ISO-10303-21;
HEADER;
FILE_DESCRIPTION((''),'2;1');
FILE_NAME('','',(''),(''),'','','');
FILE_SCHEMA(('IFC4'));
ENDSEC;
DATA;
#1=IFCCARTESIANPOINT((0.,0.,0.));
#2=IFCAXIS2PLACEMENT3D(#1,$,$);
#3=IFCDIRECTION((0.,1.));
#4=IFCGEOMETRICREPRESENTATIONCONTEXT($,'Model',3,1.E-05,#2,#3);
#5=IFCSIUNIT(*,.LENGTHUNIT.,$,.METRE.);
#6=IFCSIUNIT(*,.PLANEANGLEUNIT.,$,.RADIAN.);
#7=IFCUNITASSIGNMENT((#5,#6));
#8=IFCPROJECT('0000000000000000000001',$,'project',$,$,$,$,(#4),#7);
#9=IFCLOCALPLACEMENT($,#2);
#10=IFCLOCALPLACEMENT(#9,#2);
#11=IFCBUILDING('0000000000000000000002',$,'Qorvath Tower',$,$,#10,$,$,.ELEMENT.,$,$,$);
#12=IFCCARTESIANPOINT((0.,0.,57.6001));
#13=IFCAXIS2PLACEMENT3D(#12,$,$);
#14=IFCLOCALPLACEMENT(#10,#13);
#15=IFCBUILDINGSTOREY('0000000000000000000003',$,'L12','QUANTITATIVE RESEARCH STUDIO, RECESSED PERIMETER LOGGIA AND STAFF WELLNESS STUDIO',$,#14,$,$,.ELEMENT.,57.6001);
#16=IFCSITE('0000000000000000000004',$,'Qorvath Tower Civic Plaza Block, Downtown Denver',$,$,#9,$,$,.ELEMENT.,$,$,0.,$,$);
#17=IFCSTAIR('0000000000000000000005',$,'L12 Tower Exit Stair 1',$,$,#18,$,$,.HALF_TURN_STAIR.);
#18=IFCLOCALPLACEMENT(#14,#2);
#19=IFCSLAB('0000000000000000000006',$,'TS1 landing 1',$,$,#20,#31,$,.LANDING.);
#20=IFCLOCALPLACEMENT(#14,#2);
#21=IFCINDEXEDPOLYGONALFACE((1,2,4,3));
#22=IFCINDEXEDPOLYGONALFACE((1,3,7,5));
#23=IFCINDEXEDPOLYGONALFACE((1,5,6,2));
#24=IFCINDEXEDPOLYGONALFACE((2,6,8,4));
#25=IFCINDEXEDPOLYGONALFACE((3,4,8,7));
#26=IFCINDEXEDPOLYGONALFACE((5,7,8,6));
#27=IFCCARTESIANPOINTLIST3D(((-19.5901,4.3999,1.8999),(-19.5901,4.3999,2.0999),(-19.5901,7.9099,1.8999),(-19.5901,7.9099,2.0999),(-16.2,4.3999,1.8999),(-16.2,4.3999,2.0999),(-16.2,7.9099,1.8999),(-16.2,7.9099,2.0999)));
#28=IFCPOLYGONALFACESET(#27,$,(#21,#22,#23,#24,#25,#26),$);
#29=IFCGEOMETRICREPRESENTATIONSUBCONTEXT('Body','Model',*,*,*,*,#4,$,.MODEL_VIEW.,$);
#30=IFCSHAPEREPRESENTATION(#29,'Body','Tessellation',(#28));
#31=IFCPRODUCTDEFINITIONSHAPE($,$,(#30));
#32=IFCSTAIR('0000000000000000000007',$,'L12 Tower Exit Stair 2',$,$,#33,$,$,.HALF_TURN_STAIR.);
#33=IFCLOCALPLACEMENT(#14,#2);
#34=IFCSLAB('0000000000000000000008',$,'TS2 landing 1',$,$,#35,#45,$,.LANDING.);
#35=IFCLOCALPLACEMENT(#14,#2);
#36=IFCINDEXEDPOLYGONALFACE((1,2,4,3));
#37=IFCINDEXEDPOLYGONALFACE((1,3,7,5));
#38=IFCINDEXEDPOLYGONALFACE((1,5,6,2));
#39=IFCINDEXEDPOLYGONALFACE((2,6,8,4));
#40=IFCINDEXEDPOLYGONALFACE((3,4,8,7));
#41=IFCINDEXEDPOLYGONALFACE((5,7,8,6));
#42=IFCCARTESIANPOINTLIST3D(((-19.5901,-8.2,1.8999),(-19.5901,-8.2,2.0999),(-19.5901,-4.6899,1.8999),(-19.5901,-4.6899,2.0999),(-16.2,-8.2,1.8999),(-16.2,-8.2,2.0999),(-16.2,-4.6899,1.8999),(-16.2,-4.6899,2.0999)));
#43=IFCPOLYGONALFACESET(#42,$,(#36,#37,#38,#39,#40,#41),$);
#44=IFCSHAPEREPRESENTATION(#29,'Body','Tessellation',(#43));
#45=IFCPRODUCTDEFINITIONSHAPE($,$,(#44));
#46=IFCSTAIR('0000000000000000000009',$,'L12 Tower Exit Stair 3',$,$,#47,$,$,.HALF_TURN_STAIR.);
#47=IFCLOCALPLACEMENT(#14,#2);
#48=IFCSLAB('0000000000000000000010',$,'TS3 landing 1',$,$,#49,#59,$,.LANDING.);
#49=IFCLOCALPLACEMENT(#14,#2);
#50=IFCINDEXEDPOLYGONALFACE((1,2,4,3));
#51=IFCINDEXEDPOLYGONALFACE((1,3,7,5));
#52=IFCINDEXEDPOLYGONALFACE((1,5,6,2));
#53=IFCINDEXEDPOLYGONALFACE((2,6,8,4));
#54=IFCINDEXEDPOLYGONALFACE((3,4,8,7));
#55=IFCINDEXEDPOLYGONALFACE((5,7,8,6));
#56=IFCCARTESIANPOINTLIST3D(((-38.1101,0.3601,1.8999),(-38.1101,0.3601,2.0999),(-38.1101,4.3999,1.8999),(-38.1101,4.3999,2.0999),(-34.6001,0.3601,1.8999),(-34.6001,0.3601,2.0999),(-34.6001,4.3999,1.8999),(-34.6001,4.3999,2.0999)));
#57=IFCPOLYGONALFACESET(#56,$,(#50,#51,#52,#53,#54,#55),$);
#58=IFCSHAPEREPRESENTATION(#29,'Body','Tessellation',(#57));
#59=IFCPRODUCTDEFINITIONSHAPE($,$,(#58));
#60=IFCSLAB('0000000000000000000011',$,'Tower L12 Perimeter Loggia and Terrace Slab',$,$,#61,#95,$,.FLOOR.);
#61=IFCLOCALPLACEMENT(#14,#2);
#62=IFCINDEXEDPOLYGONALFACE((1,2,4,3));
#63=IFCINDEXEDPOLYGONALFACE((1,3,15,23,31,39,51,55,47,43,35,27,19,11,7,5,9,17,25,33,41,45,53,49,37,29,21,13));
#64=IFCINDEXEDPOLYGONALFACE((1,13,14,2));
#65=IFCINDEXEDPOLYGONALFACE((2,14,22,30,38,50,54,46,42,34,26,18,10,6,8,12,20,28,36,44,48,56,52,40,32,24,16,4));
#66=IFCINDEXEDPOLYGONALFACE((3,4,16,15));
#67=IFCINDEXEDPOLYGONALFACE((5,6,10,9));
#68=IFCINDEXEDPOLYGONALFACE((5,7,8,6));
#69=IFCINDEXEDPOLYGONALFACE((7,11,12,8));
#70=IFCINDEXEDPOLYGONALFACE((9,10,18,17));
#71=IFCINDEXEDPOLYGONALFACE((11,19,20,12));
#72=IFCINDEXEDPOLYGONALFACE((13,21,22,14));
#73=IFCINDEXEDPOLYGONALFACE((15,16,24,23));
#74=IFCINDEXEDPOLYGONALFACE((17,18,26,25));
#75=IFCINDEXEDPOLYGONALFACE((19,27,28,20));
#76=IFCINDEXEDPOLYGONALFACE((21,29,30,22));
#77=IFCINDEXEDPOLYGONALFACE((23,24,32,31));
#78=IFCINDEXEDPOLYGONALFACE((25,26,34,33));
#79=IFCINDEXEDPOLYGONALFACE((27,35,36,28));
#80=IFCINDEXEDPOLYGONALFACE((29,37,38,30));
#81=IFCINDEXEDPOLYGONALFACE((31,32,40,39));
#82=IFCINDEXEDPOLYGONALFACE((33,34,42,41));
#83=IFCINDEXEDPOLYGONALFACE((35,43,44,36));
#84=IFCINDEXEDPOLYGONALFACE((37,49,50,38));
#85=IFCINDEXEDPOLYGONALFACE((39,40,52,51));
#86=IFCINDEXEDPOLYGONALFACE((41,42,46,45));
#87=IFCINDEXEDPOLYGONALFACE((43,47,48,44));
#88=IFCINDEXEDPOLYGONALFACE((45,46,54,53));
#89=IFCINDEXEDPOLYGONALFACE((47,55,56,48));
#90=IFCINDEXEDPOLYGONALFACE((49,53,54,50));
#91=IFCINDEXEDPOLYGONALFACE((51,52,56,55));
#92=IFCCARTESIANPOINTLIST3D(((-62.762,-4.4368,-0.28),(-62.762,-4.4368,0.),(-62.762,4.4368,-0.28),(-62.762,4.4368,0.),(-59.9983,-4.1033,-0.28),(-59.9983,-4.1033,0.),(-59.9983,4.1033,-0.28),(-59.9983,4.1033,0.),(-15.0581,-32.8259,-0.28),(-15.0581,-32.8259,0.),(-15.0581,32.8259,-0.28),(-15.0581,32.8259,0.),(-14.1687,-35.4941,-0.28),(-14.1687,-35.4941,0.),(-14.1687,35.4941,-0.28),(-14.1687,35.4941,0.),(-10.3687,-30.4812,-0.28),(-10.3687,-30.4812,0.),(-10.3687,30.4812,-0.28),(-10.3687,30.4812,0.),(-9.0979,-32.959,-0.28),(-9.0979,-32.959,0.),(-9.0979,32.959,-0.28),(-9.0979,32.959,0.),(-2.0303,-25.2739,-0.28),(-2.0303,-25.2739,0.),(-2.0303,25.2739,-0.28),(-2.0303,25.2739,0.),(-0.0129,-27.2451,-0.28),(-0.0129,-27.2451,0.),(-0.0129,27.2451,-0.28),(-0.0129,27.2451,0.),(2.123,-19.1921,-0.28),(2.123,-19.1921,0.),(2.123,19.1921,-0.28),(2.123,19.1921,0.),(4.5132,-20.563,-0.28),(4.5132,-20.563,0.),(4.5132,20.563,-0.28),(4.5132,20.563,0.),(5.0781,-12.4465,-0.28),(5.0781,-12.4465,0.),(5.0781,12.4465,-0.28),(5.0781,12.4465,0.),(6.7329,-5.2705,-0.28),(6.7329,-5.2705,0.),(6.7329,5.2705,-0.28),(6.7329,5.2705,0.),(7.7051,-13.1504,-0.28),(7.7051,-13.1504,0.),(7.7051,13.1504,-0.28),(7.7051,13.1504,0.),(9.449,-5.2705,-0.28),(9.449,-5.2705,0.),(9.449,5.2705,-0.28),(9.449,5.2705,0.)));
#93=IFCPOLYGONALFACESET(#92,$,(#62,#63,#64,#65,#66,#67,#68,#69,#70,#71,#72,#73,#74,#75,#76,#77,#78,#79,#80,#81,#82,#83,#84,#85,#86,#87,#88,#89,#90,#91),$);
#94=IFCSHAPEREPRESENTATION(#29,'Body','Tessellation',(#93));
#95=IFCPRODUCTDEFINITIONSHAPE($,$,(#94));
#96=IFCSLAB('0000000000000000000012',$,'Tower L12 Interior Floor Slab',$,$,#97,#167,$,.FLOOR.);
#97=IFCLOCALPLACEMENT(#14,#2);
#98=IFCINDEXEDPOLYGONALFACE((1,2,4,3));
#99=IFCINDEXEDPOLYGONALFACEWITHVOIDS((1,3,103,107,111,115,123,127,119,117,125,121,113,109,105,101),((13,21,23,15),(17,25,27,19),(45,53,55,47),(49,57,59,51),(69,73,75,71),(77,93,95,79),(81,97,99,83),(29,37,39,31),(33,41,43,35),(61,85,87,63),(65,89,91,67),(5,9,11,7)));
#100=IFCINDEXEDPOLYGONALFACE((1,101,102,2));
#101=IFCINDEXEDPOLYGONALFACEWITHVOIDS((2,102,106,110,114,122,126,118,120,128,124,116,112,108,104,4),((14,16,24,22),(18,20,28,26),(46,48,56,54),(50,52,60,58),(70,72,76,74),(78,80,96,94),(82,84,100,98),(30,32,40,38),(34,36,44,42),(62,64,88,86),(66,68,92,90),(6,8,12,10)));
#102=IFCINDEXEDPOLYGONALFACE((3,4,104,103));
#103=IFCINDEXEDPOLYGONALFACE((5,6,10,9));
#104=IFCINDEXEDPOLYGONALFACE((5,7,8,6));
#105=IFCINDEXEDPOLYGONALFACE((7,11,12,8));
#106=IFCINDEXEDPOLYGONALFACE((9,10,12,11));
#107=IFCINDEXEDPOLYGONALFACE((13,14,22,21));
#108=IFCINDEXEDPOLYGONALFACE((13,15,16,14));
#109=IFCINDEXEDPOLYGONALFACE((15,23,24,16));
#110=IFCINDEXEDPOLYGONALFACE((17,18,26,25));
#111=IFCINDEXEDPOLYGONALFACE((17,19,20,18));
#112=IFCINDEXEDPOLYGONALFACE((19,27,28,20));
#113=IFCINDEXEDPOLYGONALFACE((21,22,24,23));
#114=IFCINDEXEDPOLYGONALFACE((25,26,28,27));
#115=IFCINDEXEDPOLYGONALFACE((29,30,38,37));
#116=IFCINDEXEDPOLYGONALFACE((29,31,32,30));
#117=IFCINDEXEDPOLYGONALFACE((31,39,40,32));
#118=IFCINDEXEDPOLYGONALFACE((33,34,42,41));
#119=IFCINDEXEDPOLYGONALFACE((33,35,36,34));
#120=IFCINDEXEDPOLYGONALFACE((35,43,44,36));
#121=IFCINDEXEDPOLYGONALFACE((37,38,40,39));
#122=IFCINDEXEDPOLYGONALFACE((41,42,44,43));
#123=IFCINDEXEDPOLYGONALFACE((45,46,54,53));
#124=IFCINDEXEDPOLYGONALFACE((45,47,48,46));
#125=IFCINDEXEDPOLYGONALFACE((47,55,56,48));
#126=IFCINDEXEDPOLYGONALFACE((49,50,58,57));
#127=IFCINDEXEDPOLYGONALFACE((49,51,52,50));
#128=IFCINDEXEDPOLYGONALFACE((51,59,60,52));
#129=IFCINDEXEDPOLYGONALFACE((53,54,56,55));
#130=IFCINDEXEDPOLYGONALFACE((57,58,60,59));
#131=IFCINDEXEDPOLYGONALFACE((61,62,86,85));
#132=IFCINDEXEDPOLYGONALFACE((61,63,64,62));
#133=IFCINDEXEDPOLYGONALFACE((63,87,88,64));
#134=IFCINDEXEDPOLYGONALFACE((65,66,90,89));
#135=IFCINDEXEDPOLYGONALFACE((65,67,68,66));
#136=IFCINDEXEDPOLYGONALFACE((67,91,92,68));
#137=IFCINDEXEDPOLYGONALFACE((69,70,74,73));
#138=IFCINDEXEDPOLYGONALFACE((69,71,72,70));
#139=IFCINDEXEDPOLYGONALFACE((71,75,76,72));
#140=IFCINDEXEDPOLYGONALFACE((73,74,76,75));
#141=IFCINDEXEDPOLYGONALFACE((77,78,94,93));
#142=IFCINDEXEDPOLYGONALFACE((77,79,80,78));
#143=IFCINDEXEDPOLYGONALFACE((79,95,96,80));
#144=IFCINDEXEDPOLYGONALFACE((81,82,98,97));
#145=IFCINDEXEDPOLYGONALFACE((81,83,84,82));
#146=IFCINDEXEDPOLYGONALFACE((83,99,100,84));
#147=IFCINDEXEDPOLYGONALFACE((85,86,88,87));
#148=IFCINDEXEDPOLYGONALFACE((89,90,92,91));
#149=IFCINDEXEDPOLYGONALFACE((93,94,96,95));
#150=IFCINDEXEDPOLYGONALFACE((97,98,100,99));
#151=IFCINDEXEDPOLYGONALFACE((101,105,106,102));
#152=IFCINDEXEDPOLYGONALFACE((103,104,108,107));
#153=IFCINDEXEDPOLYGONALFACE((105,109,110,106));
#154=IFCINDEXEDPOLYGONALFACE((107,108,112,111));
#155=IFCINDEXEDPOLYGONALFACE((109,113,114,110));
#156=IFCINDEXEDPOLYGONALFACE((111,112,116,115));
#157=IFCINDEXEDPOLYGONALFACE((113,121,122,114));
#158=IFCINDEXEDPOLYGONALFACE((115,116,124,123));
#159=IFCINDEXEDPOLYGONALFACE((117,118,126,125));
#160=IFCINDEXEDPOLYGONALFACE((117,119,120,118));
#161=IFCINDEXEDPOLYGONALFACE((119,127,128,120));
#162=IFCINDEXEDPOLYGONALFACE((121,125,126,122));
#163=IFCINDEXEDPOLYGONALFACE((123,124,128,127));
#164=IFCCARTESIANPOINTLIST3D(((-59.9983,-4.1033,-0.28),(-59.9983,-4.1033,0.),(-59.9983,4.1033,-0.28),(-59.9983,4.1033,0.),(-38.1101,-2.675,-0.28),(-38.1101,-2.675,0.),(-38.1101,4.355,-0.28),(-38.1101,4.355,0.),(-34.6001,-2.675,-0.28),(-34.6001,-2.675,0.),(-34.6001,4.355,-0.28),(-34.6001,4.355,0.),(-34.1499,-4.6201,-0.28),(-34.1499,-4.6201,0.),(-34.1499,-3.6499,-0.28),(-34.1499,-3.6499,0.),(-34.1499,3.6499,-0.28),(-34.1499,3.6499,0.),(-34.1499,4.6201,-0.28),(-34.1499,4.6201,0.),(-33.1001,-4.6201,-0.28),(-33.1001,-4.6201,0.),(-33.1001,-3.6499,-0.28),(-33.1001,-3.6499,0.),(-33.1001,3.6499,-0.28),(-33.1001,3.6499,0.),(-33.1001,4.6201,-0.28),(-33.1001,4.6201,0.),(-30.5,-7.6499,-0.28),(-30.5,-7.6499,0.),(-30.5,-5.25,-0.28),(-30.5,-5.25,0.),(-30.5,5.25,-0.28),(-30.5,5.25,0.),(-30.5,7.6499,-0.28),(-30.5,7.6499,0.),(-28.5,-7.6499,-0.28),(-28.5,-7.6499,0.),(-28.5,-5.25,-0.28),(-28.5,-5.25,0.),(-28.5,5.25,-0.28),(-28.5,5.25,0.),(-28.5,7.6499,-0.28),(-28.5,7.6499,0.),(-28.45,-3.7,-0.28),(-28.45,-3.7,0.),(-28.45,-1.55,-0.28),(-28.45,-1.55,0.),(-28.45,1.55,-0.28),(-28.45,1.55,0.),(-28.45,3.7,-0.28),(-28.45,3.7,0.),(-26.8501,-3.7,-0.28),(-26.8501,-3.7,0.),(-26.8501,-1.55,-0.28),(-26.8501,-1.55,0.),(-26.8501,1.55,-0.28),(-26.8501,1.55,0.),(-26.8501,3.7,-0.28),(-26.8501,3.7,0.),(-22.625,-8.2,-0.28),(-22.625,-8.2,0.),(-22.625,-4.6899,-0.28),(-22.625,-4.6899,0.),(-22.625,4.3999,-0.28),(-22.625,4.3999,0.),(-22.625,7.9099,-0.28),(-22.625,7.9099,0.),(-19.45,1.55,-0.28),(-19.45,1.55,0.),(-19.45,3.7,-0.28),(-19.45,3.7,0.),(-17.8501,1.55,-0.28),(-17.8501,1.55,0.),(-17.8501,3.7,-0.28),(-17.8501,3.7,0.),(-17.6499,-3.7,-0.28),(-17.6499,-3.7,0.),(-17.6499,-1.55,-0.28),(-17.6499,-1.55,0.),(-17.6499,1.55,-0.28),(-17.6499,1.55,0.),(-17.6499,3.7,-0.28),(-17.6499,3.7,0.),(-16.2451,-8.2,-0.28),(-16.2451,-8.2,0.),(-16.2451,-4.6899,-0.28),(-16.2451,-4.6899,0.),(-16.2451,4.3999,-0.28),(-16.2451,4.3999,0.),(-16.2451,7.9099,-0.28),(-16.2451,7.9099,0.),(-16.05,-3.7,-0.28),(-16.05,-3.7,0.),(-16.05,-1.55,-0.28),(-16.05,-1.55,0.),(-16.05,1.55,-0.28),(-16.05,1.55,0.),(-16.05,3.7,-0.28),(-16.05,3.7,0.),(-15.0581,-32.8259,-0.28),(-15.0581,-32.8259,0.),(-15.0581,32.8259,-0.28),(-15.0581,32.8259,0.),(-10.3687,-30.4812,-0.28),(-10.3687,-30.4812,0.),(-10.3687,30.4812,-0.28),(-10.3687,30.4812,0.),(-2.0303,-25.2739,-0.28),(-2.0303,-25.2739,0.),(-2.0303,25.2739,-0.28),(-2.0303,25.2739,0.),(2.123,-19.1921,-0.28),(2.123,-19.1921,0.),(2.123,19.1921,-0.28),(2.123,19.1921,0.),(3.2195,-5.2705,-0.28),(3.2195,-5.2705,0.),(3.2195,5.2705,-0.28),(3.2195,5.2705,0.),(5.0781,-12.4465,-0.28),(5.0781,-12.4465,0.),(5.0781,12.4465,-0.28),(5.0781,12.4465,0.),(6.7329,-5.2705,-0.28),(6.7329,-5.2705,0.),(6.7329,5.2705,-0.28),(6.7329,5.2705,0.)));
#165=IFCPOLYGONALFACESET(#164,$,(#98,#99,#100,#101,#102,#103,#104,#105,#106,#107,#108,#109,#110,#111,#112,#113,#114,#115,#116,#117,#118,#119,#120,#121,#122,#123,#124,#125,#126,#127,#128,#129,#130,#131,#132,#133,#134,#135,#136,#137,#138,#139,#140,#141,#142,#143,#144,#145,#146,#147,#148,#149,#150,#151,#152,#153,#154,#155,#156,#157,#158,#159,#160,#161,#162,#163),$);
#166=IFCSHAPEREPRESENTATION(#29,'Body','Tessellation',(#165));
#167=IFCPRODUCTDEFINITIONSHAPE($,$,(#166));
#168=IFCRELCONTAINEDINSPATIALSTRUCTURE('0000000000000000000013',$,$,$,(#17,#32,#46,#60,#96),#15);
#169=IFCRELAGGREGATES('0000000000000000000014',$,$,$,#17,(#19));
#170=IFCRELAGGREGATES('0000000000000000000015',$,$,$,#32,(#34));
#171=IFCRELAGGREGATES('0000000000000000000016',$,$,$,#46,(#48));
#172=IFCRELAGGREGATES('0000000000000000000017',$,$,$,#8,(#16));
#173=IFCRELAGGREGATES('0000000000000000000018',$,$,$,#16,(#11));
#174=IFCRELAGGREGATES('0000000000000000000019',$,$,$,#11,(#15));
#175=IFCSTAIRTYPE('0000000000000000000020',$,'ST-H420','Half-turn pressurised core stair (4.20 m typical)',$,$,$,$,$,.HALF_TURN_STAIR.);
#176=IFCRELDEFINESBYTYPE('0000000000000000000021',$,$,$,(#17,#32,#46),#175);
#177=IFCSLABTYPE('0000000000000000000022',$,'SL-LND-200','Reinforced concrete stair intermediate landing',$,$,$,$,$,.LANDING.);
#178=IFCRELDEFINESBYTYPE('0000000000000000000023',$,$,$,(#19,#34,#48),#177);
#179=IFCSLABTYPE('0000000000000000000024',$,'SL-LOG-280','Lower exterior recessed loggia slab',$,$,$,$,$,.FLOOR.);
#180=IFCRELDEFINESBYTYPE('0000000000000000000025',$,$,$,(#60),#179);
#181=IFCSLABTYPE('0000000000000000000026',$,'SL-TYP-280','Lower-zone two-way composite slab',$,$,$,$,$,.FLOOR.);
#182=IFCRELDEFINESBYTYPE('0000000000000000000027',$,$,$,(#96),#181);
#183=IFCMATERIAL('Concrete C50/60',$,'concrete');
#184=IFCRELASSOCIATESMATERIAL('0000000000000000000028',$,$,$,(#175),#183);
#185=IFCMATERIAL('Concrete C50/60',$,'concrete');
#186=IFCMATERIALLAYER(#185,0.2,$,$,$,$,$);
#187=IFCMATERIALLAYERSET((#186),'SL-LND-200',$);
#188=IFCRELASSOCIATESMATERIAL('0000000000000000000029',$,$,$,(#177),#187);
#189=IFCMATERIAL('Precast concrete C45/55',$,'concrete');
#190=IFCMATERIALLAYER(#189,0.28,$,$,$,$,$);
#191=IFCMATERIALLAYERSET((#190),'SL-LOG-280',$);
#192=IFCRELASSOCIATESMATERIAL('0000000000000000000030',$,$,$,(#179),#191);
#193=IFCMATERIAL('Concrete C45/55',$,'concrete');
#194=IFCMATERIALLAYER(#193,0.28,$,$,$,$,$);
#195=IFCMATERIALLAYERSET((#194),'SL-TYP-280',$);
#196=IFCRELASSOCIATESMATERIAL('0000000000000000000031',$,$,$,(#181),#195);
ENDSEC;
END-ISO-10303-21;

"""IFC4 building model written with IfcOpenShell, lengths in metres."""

from ifc_helpers import new_model, si_unit, direction, frame, origin, place, context, subcontext, project, spatial, polyline, outline, extrude, material, layer, layer_set, type_object, element, aggregate, save


model = new_model("IFC4")

# Units and contexts
model_context = context("Model", 3, precision=1e-05, world=origin(), true_north=direction((0.0, 1.0)))
body_context = subcontext(model_context, "Body", "Model", "MODEL_VIEW")
ifc_project = project(units=[si_unit("LENGTHUNIT", "METRE"), si_unit("PLANEANGLEUNIT", "RADIAN")], contexts=[model_context])

# Site, building, storey
site_placement = place(None, origin())
site = spatial("IfcSite", under=ifc_project, at=site_placement, Name="Qorvath Tower Civic Plaza Block, Downtown Denver", CompositionType="ELEMENT", RefElevation=0.0)
building_placement = place(site_placement, origin())
building = spatial("IfcBuilding", under=site, at=building_placement, Name="Qorvath Tower", CompositionType="ELEMENT")
storey_placement = place(building_placement, frame((0.0, 0.0, 57.6001)))
storey = spatial("IfcBuildingStorey", under=building, at=storey_placement, Name="L12", Description="QUANTITATIVE RESEARCH STUDIO, RECESSED PERIMETER LOGGIA AND STAFF WELLNESS STUDIO", CompositionType="ELEMENT", Elevation=57.6001)

# Stairs, slabs
ifc_material_1 = material(Name="Concrete C50/60", Category="concrete")
stair_type = type_object("IfcStairType", Name="ST-H420", Description="Half-turn pressurised core stair (4.20 m typical)", PredefinedType="HALF_TURN_STAIR", material=ifc_material_1)
stair_1_placement = place(storey_placement, origin())
stair_1 = element("IfcStair", 1, at=stair_1_placement, inside=storey, type_object=stair_type, Name="L12 Tower Exit Stair 1", PredefinedType="HALF_TURN_STAIR")
ifc_material_2 = material(Name="Concrete C50/60", Category="concrete")
ifc_layer_1 = layer(ifc_material_2, 0.2)
ifc_layer_set_1 = layer_set([ifc_layer_1], Name="SL-LND-200")
slab_type_1 = type_object("IfcSlabType", Name="SL-LND-200", Description="Reinforced concrete stair intermediate landing", PredefinedType="LANDING", material=ifc_layer_set_1)
slab_1_placement = place(storey_placement, frame((0.0, 0.0, 1.8999)))
slab_1 = element("IfcSlab", 2, at=slab_1_placement, type_object=slab_type_1, Name="TS1 landing 1", PredefinedType="LANDING", context=body_context, shape_type="SweptSolid", body=[
    extrude(outline(polyline([(-19.5901, 4.3999), (-16.2, 4.3999), (-16.2, 7.9099), (-19.5901, 7.9099), (-19.5901, 4.3999)])), origin(), (0.0, 0.0, 1.0), 0.2),
])
aggregate(stair_1, [slab_1])
stair_2_placement = place(storey_placement, origin())
stair_2 = element("IfcStair", 3, at=stair_2_placement, inside=storey, type_object=stair_type, Name="L12 Tower Exit Stair 2", PredefinedType="HALF_TURN_STAIR")
slab_2_placement = place(storey_placement, frame((0.0, 0.0, 1.8999)))
slab_2 = element("IfcSlab", 4, at=slab_2_placement, type_object=slab_type_1, Name="TS2 landing 1", PredefinedType="LANDING", context=body_context, shape_type="SweptSolid", body=[
    extrude(outline(polyline([(-19.5901, -8.2), (-16.2, -8.2), (-16.2, -4.6899), (-19.5901, -4.6899), (-19.5901, -8.2)])), origin(), (0.0, 0.0, 1.0), 0.2),
])
aggregate(stair_2, [slab_2])
stair_3_placement = place(storey_placement, origin())
stair_3 = element("IfcStair", 5, at=stair_3_placement, inside=storey, type_object=stair_type, Name="L12 Tower Exit Stair 3", PredefinedType="HALF_TURN_STAIR")
slab_3_placement = place(storey_placement, frame((0.0, 0.0, 1.8999)))
slab_3 = element("IfcSlab", 6, at=slab_3_placement, type_object=slab_type_1, Name="TS3 landing 1", PredefinedType="LANDING", context=body_context, shape_type="SweptSolid", body=[
    extrude(outline(polyline([(-34.6001, 0.3601), (-34.6001, 4.3999), (-38.1101, 4.3999), (-38.1101, 0.3601), (-34.6001, 0.3601)])), origin(), (0.0, 0.0, 1.0), 0.2),
])
aggregate(stair_3, [slab_3])

# Slabs
ifc_material_3 = material(Name="Precast concrete C45/55", Category="concrete")
ifc_layer_2 = layer(ifc_material_3, 0.28)
ifc_layer_set_2 = layer_set([ifc_layer_2], Name="SL-LOG-280")
slab_type_2 = type_object("IfcSlabType", Name="SL-LOG-280", Description="Lower exterior recessed loggia slab", PredefinedType="FLOOR", material=ifc_layer_set_2)
slab_4_placement = place(storey_placement, frame((0.0, 0.0, -0.28)))
element("IfcSlab", 7, at=slab_4_placement, inside=storey, type_object=slab_type_2, Name="Tower L12 Perimeter Loggia and Terrace Slab", PredefinedType="FLOOR", context=body_context, shape_type="SweptSolid", body=[
    extrude(outline(polyline([(-9.0979, 32.959), (-14.1687, 35.4941), (-62.762, 4.4368), (-62.762, -4.4368), (-14.1687, -35.4941), (-9.0979, -32.959), (-0.0129, -27.2451), (4.5132, -20.563), (7.7051, -13.1504), (9.449, -5.2705), (6.7329, -5.2705), (5.0781, -12.4465), (2.123, -19.1921), (-2.0303, -25.2739), (-10.3687, -30.4812), (-15.0581, -32.8259), (-59.9983, -4.1033), (-59.9983, 4.1033), (-15.0581, 32.8259), (-10.3687, 30.4812), (-2.0303, 25.2739), (2.123, 19.1921), (5.0781, 12.4465), (6.7329, 5.2705), (9.449, 5.2705), (7.7051, 13.1504), (4.5132, 20.563), (-0.0129, 27.2451), (-9.0979, 32.959)])), origin(), (0.0, 0.0, 1.0), 0.28),
])
ifc_material_4 = material(Name="Concrete C45/55", Category="concrete")
ifc_layer_3 = layer(ifc_material_4, 0.28)
ifc_layer_set_3 = layer_set([ifc_layer_3], Name="SL-TYP-280")
slab_type_3 = type_object("IfcSlabType", Name="SL-TYP-280", Description="Lower-zone two-way composite slab", PredefinedType="FLOOR", material=ifc_layer_set_3)
slab_5_placement = place(storey_placement, frame((0.0, 0.0, -0.28)))
element("IfcSlab", 8, at=slab_5_placement, inside=storey, type_object=slab_type_3, Name="Tower L12 Interior Floor Slab", PredefinedType="FLOOR", context=body_context, shape_type="SweptSolid", body=[
    extrude(outline(polyline([(-59.9983, 4.1033), (-59.9983, -4.1033), (-15.0581, -32.8259), (-10.3687, -30.4812), (-2.0303, -25.2739), (2.123, -19.1921), (5.0781, -12.4465), (6.7329, -5.2705), (3.2195, -5.2705), (3.2195, 5.2705), (6.7329, 5.2705), (5.0781, 12.4465), (2.123, 19.1921), (-2.0303, 25.2739), (-10.3687, 30.4812), (-15.0581, 32.8259), (-59.9983, 4.1033)]), holes=[polyline([(-17.6499, -3.7), (-17.6499, -1.55), (-16.05, -1.55), (-16.05, -3.7), (-17.6499, -3.7)]), polyline([(-17.6499, 1.55), (-17.6499, 3.7), (-16.05, 3.7), (-16.05, 1.55), (-17.6499, 1.55)]), polyline([(-16.2451, -8.2), (-22.625, -8.2), (-22.625, -4.6899), (-16.2451, -4.6899), (-16.2451, -8.2)]), polyline([(-22.625, 4.3999), (-22.625, 7.9099), (-16.2451, 7.9099), (-16.2451, 4.3999), (-22.625, 4.3999)]), polyline([(-17.8501, 1.55), (-19.45, 1.55), (-19.45, 3.7), (-17.8501, 3.7), (-17.8501, 1.55)]), polyline([(-28.45, -3.7), (-28.45, -1.55), (-26.8501, -1.55), (-26.8501, -3.7), (-28.45, -3.7)]), polyline([(-26.8501, 1.55), (-28.45, 1.55), (-28.45, 3.7), (-26.8501, 3.7), (-26.8501, 1.55)]), polyline([(-28.5, -7.6499), (-30.5, -7.6499), (-30.5, -5.25), (-28.5, -5.25), (-28.5, -7.6499)]), polyline([(-30.5, 5.25), (-30.5, 7.6499), (-28.5, 7.6499), (-28.5, 5.25), (-30.5, 5.25)]), polyline([(-34.1499, -4.6201), (-34.1499, -3.6499), (-33.1001, -3.6499), (-33.1001, -4.6201), (-34.1499, -4.6201)]), polyline([(-34.1499, 3.6499), (-34.1499, 4.6201), (-33.1001, 4.6201), (-33.1001, 3.6499), (-34.1499, 3.6499)]), polyline([(-34.6001, -2.675), (-38.1101, -2.675), (-38.1101, 4.355), (-34.6001, 4.355), (-34.6001, -2.675)])]), origin(), (0.0, 0.0, 1.0), 0.28),
])

save(model, "model.ifc")
